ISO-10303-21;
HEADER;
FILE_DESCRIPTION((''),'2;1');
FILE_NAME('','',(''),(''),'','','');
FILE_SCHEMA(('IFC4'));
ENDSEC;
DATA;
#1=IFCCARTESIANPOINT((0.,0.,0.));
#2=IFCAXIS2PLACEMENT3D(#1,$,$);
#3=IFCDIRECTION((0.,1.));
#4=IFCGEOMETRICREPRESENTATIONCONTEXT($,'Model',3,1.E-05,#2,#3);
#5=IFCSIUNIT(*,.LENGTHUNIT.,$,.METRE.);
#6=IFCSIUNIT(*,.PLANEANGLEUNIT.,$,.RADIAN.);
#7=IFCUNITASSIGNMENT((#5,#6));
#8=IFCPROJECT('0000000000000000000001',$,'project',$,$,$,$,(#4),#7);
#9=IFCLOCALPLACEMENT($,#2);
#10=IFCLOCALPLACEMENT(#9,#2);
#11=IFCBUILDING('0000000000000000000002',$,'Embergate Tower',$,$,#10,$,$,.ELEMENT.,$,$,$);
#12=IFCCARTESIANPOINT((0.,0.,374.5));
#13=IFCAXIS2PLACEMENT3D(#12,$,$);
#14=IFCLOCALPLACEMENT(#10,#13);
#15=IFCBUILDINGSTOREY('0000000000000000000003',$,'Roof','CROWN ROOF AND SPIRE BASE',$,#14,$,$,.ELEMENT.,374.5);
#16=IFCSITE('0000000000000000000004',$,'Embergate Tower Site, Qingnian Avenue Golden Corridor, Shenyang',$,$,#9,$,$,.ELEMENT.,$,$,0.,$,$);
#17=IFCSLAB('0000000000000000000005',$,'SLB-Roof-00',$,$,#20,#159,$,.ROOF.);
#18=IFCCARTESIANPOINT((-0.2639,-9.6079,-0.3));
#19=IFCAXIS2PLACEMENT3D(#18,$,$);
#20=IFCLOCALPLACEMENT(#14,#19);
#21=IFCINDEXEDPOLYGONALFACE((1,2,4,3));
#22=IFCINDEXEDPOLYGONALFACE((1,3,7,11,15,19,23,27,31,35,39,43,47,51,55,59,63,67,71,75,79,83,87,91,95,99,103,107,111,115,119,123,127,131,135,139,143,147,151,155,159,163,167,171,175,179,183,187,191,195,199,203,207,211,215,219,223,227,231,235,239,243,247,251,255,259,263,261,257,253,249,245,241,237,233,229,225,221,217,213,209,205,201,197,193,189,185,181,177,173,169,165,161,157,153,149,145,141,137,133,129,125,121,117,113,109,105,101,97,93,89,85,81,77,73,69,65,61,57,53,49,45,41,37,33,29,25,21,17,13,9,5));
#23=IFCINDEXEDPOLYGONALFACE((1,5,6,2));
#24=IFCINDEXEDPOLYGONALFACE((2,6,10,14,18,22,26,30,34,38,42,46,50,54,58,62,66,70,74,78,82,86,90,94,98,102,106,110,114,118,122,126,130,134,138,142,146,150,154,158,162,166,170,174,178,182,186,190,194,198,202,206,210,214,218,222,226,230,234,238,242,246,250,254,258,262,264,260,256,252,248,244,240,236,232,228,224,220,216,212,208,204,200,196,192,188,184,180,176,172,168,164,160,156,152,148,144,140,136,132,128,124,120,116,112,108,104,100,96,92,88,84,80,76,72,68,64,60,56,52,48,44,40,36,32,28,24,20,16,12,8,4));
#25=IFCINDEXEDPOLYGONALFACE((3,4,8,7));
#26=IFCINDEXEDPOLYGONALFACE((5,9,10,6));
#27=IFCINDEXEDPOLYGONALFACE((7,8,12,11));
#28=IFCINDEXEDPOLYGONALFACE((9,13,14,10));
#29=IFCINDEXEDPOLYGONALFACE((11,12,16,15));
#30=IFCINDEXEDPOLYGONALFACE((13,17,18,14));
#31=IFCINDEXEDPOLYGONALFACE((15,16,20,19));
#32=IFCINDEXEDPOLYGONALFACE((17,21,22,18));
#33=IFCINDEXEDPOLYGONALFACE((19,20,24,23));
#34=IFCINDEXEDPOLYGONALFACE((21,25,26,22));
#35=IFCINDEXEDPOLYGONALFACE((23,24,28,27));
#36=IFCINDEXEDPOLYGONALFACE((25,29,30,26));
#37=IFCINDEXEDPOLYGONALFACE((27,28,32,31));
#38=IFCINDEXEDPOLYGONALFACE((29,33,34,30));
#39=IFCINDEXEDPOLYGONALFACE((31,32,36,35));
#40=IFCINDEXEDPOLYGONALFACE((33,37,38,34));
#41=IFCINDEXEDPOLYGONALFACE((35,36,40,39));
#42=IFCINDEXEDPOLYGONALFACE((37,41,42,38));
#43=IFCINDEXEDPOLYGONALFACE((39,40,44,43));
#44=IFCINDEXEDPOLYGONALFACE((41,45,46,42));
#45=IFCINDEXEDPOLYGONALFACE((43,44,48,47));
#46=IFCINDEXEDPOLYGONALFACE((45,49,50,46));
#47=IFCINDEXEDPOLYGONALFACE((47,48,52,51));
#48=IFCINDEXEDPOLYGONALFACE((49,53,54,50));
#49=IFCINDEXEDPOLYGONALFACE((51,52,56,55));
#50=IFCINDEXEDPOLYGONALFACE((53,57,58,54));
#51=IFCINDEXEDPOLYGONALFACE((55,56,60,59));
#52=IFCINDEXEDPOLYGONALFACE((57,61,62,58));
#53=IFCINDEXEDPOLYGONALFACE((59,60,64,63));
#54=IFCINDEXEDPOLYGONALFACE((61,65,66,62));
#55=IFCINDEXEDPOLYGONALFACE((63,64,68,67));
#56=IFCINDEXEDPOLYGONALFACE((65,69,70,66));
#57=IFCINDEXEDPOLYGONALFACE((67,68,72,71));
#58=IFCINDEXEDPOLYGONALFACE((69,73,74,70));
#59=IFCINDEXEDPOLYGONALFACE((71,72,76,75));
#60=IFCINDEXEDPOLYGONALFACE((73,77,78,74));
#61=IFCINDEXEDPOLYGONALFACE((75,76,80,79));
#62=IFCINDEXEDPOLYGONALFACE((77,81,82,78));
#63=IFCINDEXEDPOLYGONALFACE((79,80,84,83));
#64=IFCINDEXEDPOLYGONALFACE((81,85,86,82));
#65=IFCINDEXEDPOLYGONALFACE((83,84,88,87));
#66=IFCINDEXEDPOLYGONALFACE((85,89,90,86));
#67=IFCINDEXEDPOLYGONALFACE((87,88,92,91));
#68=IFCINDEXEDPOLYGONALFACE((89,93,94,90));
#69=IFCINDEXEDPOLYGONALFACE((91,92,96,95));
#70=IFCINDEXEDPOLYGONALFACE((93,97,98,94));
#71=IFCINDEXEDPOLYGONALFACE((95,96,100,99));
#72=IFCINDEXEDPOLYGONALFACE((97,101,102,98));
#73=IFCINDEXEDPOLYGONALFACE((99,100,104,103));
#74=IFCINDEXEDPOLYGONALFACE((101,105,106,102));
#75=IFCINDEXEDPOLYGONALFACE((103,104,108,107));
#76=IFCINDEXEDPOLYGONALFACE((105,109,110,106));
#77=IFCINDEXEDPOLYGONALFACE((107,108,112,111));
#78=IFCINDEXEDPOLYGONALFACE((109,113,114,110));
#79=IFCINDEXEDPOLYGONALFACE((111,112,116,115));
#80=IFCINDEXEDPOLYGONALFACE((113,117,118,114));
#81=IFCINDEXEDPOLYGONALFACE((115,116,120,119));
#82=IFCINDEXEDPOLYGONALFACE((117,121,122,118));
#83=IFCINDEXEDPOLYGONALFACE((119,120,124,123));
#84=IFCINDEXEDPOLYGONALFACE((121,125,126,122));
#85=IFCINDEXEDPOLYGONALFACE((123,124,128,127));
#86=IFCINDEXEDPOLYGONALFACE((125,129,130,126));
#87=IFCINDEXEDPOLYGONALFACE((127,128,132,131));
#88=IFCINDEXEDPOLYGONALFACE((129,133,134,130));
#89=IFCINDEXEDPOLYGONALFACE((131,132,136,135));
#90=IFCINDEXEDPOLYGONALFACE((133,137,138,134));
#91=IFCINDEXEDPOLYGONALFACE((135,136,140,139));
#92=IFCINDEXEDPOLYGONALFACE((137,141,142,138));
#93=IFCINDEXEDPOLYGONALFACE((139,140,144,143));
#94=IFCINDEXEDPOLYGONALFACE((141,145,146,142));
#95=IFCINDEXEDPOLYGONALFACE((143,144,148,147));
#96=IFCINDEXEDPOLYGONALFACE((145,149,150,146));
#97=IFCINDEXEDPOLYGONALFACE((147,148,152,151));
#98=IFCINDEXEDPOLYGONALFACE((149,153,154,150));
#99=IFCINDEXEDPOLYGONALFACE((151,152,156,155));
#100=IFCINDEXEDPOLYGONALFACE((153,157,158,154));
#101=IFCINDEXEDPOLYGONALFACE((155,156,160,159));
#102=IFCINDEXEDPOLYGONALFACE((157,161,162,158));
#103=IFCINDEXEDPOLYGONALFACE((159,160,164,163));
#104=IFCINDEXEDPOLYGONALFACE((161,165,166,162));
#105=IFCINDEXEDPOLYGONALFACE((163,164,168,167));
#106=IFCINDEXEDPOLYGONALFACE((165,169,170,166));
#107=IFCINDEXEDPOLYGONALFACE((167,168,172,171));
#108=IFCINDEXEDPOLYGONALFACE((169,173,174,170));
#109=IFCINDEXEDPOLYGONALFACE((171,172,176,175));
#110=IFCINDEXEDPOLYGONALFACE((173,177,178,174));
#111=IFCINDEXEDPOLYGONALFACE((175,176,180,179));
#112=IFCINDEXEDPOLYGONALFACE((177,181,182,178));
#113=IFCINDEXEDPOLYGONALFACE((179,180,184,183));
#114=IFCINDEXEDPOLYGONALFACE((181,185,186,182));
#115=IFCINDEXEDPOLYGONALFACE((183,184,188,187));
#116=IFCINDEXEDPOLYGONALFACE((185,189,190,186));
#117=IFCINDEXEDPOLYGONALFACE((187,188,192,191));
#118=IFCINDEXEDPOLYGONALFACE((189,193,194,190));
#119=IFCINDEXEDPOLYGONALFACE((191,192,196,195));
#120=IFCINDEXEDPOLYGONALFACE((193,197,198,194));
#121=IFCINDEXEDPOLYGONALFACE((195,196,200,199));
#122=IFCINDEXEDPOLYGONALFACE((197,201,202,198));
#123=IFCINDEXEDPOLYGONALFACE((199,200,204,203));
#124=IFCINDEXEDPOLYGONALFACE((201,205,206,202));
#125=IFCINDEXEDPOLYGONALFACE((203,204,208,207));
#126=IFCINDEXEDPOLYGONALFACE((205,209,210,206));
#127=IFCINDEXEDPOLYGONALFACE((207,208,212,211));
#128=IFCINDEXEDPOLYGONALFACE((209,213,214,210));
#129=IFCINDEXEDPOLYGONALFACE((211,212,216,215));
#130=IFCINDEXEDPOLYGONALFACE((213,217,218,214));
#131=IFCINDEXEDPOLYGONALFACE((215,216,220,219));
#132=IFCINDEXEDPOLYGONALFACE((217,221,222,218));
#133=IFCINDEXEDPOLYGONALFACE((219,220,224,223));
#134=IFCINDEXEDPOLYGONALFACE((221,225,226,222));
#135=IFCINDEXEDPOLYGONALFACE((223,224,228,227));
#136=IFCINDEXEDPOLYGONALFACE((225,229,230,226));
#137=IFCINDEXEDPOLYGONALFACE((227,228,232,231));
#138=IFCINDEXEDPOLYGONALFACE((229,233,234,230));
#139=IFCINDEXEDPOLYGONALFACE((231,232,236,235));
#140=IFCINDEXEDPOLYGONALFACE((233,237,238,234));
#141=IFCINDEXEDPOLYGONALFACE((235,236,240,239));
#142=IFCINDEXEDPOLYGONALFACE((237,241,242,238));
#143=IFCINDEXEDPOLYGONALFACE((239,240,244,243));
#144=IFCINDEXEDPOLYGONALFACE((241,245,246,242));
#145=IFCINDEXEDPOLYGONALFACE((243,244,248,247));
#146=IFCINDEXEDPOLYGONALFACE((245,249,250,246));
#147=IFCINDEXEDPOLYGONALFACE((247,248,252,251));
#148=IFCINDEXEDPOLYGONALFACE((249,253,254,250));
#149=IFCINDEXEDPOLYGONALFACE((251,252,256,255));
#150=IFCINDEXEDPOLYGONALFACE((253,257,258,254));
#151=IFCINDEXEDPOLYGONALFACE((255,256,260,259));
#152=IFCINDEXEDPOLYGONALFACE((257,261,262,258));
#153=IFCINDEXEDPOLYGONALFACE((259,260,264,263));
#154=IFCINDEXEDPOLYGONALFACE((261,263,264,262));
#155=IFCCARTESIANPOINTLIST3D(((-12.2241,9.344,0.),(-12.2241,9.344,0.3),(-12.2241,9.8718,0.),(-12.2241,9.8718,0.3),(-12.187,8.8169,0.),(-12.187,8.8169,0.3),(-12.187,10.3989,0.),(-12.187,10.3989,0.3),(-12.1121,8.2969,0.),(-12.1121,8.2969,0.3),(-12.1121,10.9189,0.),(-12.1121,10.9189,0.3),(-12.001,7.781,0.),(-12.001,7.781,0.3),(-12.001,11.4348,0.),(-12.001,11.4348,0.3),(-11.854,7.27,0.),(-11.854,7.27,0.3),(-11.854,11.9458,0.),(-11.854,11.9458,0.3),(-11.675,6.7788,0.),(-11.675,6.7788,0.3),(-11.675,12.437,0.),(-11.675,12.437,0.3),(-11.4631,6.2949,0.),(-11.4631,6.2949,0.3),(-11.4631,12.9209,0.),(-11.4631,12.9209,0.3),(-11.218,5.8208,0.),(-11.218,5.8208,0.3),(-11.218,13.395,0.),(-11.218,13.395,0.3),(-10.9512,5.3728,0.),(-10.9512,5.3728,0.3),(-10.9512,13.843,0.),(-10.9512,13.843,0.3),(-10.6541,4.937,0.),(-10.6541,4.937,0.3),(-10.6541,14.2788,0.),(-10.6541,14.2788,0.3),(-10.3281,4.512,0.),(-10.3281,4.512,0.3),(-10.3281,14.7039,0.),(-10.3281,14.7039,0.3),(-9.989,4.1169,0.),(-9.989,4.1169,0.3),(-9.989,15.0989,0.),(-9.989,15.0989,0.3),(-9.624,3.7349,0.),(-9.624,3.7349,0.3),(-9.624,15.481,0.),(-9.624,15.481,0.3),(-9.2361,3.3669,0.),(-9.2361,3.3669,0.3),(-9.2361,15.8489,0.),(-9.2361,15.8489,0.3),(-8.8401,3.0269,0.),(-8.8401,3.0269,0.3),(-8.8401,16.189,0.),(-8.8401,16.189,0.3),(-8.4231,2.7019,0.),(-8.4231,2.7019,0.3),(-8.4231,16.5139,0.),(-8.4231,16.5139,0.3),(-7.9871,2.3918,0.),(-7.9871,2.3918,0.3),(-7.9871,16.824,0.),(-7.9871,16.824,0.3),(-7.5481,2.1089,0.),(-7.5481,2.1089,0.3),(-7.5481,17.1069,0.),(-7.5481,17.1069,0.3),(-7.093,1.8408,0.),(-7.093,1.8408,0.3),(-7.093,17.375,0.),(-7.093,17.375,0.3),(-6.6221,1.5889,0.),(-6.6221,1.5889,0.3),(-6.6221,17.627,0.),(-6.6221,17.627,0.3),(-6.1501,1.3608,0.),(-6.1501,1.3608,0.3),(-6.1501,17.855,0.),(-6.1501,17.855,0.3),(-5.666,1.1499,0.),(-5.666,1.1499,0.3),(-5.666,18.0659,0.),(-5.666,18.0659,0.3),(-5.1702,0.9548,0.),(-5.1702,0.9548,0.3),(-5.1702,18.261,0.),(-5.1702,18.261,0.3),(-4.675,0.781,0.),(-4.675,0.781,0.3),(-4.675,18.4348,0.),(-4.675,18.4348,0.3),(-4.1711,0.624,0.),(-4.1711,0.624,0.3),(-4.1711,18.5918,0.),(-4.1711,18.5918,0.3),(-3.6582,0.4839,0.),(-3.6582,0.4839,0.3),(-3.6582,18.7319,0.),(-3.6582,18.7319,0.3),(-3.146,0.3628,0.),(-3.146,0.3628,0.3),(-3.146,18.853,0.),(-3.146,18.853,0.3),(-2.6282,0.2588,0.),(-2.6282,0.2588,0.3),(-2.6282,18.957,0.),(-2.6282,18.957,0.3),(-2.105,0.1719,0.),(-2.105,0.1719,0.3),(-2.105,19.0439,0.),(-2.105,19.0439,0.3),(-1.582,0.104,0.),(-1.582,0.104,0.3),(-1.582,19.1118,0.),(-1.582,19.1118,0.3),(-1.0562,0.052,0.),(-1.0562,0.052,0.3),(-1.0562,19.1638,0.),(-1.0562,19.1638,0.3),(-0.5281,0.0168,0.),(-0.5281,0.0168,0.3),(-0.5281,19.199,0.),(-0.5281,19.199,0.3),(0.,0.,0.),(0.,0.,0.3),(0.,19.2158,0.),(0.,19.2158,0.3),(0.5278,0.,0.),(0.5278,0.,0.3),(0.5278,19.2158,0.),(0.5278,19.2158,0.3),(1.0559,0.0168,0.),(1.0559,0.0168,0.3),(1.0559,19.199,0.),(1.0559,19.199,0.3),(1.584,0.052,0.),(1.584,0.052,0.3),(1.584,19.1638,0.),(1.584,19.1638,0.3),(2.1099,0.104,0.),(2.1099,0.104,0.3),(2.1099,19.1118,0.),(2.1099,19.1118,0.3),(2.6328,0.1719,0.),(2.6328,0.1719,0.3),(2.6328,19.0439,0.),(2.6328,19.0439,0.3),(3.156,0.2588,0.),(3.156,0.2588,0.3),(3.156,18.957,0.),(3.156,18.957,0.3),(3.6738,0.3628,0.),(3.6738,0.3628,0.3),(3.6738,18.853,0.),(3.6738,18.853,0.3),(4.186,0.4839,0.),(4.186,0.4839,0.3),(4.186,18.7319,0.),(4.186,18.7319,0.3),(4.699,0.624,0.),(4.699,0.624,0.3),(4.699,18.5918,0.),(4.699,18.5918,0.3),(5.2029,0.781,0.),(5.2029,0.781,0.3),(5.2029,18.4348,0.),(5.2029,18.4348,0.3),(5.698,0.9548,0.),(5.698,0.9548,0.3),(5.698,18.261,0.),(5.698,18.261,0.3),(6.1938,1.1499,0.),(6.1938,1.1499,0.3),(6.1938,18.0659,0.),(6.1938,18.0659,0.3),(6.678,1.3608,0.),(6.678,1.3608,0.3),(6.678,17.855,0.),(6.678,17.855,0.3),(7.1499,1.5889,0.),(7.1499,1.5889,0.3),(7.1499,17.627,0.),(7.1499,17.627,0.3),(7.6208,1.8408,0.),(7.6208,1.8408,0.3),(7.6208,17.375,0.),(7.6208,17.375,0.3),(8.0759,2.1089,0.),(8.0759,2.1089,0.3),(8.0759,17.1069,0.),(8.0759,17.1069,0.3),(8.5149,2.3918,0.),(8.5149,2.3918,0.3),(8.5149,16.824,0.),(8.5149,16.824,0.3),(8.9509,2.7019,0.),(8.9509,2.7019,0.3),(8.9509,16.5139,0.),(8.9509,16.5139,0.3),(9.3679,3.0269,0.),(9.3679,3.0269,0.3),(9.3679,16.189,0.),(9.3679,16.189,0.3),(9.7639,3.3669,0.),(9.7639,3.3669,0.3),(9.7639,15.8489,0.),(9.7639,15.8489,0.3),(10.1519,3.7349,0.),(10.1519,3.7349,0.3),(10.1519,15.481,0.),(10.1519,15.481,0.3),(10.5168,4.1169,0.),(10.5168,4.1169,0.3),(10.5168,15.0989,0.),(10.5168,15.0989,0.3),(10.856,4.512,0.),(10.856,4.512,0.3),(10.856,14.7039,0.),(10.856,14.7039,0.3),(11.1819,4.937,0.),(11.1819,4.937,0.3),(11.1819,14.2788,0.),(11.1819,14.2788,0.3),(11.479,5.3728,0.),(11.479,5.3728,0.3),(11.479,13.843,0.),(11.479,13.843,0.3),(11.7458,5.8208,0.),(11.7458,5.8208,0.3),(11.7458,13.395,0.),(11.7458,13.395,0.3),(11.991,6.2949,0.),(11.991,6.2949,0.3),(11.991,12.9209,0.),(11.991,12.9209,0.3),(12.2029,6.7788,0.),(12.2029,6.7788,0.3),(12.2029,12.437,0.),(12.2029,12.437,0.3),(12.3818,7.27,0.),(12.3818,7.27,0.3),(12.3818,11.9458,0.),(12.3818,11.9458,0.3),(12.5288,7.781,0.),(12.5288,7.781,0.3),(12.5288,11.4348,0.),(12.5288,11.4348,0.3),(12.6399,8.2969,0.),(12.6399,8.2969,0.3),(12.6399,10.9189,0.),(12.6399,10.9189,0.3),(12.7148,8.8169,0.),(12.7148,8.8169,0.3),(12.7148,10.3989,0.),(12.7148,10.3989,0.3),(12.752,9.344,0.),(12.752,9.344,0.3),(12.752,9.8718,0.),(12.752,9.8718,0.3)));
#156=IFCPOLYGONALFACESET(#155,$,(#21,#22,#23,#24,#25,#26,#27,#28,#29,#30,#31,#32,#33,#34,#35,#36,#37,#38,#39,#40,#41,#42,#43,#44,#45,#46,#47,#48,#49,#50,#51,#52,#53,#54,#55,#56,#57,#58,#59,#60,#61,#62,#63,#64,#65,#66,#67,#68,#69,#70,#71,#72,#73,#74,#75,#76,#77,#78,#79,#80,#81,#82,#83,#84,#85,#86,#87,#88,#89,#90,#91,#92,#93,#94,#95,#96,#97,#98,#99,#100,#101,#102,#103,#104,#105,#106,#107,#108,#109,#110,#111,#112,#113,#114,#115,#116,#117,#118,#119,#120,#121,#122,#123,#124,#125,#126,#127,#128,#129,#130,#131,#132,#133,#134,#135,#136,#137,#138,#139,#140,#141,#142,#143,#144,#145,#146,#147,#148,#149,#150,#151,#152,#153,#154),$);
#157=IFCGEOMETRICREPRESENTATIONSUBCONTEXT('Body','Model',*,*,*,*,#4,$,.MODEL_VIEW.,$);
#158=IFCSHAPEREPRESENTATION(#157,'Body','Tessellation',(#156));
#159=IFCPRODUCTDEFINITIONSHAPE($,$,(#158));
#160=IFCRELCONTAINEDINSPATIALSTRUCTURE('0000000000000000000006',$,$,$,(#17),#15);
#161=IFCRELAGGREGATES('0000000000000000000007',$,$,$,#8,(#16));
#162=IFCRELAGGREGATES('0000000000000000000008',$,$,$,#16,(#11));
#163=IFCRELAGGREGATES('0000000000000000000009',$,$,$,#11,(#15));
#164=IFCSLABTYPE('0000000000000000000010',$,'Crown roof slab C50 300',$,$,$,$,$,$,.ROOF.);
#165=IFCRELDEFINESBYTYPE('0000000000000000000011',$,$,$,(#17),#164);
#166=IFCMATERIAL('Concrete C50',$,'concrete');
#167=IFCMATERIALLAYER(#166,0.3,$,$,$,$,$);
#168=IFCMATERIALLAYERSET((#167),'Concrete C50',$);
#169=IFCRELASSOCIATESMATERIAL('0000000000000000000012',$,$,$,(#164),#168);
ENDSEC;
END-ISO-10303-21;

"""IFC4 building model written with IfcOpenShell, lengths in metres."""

from ifc_helpers import new_model, si_unit, direction, frame, origin, place, context, subcontext, project, spatial, polyline, outline, extrude, source, transform, mapped, material, layer, layer_set, type_object, element, save


model = new_model("IFC4")

# Units and contexts
model_context = context("Model", 3, precision=1e-05, world=origin(), true_north=direction((0.0, 1.0)))
body_context = subcontext(model_context, "Body", "Model", "MODEL_VIEW")
ifc_project = project(units=[si_unit("LENGTHUNIT", "METRE"), si_unit("PLANEANGLEUNIT", "RADIAN")], contexts=[model_context])

# Site, building, storey
site_placement = place(None, origin())
site = spatial("IfcSite", under=ifc_project, at=site_placement, Name="Embergate Tower Site, Qingnian Avenue Golden Corridor, Shenyang", CompositionType="ELEMENT", RefElevation=0.0)
building_placement = place(site_placement, origin())
building = spatial("IfcBuilding", under=site, at=building_placement, Name="Embergate Tower", CompositionType="ELEMENT")
storey_placement = place(building_placement, frame((0.0, 0.0, 374.5)))
storey = spatial("IfcBuildingStorey", under=building, at=storey_placement, Name="Roof", Description="CROWN ROOF AND SPIRE BASE", CompositionType="ELEMENT", Elevation=374.5)

# Slab
ifc_material_1 = material(Name="Concrete C50", Category="concrete")
ifc_layer_1 = layer(ifc_material_1, 0.3)
ifc_layer_set_1 = layer_set([ifc_layer_1], Name="Concrete C50")
slab_type = type_object("IfcSlabType", Name="Crown roof slab C50 300", PredefinedType="ROOF", material=ifc_layer_set_1)
shared_shape_1 = source(origin(), body_context, "Body", "SweptSolid", [
    extrude(outline(polyline([(0.0, 0.0), (0.5278, 0.0), (1.0559, 0.0168), (1.584, 0.052), (2.1099, 0.104), (2.6328, 0.1719), (3.156, 0.2588), (3.6738, 0.3628), (4.186, 0.4839), (4.699, 0.624), (5.2029, 0.781), (5.698, 0.9548), (6.1938, 1.1499), (6.678, 1.3608), (7.1499, 1.5889), (7.6208, 1.8408), (8.0759, 2.1089), (8.5149, 2.3918), (8.9509, 2.7019), (9.3679, 3.0269), (9.7639, 3.3669), (10.1519, 3.7349), (10.5168, 4.1169), (10.856, 4.512), (11.1819, 4.937), (11.479, 5.3728), (11.7458, 5.8208), (11.991, 6.2949), (12.2029, 6.7788), (12.3818, 7.27), (12.5288, 7.781), (12.6399, 8.2969), (12.7148, 8.8169), (12.752, 9.344), (12.752, 9.8718), (12.7148, 10.3989), (12.6399, 10.9189), (12.5288, 11.4348), (12.3818, 11.9458), (12.2029, 12.437), (11.991, 12.9209), (11.7458, 13.395), (11.479, 13.843), (11.1819, 14.2788), (10.856, 14.7039), (10.5168, 15.0989), (10.1519, 15.481), (9.7639, 15.8489), (9.3679, 16.189), (8.9509, 16.5139), (8.5149, 16.824), (8.0759, 17.1069), (7.6208, 17.375), (7.1499, 17.627), (6.678, 17.855), (6.1938, 18.0659), (5.698, 18.261), (5.2029, 18.4348), (4.699, 18.5918), (4.186, 18.7319), (3.6738, 18.853), (3.156, 18.957), (2.6328, 19.0439), (2.1099, 19.1118), (1.584, 19.1638), (1.0559, 19.199), (0.5278, 19.2158), (0.0, 19.2158), (-0.5281, 19.199), (-1.0562, 19.1638), (-1.582, 19.1118), (-2.105, 19.0439), (-2.6282, 18.957), (-3.146, 18.853), (-3.6582, 18.7319), (-4.1711, 18.5918), (-4.675, 18.4348), (-5.1702, 18.261), (-5.666, 18.0659), (-6.1501, 17.855), (-6.6221, 17.627), (-7.093, 17.375), (-7.5481, 17.1069), (-7.9871, 16.824), (-8.4231, 16.5139), (-8.8401, 16.189), (-9.2361, 15.8489), (-9.624, 15.481), (-9.989, 15.0989), (-10.3281, 14.7039), (-10.6541, 14.2788), (-10.9512, 13.843), (-11.218, 13.395), (-11.4631, 12.9209), (-11.675, 12.437), (-11.854, 11.9458), (-12.001, 11.4348), (-12.1121, 10.9189), (-12.187, 10.3989), (-12.2241, 9.8718), (-12.2241, 9.344), (-12.187, 8.8169), (-12.1121, 8.2969), (-12.001, 7.781), (-11.854, 7.27), (-11.675, 6.7788), (-11.4631, 6.2949), (-11.218, 5.8208), (-10.9512, 5.3728), (-10.6541, 4.937), (-10.3281, 4.512), (-9.989, 4.1169), (-9.624, 3.7349), (-9.2361, 3.3669), (-8.8401, 3.0269), (-8.4231, 2.7019), (-7.9871, 2.3918), (-7.5481, 2.1089), (-7.093, 1.8408), (-6.6221, 1.5889), (-6.1501, 1.3608), (-5.666, 1.1499), (-5.1702, 0.9548), (-4.675, 0.781), (-4.1711, 0.624), (-3.6582, 0.4839), (-3.146, 0.3628), (-2.6282, 0.2588), (-2.105, 0.1719), (-1.582, 0.104), (-1.0562, 0.052), (-0.5281, 0.0168), (0.0, 0.0)])), origin(), (0.0, 0.0, 1.0), 0.3),
])
slab_placement = place(storey_placement, frame((-0.2639, -9.6079, -0.3)))
element("IfcSlab", 1, at=slab_placement, inside=storey, type_object=slab_type, Name="SLB-Roof-00", PredefinedType="ROOF", context=body_context, shape_type="MappedRepresentation", body=[
    mapped(shared_shape_1, transform((0.0, 0.0, 0.0))),
])

save(model, "model.ifc")
